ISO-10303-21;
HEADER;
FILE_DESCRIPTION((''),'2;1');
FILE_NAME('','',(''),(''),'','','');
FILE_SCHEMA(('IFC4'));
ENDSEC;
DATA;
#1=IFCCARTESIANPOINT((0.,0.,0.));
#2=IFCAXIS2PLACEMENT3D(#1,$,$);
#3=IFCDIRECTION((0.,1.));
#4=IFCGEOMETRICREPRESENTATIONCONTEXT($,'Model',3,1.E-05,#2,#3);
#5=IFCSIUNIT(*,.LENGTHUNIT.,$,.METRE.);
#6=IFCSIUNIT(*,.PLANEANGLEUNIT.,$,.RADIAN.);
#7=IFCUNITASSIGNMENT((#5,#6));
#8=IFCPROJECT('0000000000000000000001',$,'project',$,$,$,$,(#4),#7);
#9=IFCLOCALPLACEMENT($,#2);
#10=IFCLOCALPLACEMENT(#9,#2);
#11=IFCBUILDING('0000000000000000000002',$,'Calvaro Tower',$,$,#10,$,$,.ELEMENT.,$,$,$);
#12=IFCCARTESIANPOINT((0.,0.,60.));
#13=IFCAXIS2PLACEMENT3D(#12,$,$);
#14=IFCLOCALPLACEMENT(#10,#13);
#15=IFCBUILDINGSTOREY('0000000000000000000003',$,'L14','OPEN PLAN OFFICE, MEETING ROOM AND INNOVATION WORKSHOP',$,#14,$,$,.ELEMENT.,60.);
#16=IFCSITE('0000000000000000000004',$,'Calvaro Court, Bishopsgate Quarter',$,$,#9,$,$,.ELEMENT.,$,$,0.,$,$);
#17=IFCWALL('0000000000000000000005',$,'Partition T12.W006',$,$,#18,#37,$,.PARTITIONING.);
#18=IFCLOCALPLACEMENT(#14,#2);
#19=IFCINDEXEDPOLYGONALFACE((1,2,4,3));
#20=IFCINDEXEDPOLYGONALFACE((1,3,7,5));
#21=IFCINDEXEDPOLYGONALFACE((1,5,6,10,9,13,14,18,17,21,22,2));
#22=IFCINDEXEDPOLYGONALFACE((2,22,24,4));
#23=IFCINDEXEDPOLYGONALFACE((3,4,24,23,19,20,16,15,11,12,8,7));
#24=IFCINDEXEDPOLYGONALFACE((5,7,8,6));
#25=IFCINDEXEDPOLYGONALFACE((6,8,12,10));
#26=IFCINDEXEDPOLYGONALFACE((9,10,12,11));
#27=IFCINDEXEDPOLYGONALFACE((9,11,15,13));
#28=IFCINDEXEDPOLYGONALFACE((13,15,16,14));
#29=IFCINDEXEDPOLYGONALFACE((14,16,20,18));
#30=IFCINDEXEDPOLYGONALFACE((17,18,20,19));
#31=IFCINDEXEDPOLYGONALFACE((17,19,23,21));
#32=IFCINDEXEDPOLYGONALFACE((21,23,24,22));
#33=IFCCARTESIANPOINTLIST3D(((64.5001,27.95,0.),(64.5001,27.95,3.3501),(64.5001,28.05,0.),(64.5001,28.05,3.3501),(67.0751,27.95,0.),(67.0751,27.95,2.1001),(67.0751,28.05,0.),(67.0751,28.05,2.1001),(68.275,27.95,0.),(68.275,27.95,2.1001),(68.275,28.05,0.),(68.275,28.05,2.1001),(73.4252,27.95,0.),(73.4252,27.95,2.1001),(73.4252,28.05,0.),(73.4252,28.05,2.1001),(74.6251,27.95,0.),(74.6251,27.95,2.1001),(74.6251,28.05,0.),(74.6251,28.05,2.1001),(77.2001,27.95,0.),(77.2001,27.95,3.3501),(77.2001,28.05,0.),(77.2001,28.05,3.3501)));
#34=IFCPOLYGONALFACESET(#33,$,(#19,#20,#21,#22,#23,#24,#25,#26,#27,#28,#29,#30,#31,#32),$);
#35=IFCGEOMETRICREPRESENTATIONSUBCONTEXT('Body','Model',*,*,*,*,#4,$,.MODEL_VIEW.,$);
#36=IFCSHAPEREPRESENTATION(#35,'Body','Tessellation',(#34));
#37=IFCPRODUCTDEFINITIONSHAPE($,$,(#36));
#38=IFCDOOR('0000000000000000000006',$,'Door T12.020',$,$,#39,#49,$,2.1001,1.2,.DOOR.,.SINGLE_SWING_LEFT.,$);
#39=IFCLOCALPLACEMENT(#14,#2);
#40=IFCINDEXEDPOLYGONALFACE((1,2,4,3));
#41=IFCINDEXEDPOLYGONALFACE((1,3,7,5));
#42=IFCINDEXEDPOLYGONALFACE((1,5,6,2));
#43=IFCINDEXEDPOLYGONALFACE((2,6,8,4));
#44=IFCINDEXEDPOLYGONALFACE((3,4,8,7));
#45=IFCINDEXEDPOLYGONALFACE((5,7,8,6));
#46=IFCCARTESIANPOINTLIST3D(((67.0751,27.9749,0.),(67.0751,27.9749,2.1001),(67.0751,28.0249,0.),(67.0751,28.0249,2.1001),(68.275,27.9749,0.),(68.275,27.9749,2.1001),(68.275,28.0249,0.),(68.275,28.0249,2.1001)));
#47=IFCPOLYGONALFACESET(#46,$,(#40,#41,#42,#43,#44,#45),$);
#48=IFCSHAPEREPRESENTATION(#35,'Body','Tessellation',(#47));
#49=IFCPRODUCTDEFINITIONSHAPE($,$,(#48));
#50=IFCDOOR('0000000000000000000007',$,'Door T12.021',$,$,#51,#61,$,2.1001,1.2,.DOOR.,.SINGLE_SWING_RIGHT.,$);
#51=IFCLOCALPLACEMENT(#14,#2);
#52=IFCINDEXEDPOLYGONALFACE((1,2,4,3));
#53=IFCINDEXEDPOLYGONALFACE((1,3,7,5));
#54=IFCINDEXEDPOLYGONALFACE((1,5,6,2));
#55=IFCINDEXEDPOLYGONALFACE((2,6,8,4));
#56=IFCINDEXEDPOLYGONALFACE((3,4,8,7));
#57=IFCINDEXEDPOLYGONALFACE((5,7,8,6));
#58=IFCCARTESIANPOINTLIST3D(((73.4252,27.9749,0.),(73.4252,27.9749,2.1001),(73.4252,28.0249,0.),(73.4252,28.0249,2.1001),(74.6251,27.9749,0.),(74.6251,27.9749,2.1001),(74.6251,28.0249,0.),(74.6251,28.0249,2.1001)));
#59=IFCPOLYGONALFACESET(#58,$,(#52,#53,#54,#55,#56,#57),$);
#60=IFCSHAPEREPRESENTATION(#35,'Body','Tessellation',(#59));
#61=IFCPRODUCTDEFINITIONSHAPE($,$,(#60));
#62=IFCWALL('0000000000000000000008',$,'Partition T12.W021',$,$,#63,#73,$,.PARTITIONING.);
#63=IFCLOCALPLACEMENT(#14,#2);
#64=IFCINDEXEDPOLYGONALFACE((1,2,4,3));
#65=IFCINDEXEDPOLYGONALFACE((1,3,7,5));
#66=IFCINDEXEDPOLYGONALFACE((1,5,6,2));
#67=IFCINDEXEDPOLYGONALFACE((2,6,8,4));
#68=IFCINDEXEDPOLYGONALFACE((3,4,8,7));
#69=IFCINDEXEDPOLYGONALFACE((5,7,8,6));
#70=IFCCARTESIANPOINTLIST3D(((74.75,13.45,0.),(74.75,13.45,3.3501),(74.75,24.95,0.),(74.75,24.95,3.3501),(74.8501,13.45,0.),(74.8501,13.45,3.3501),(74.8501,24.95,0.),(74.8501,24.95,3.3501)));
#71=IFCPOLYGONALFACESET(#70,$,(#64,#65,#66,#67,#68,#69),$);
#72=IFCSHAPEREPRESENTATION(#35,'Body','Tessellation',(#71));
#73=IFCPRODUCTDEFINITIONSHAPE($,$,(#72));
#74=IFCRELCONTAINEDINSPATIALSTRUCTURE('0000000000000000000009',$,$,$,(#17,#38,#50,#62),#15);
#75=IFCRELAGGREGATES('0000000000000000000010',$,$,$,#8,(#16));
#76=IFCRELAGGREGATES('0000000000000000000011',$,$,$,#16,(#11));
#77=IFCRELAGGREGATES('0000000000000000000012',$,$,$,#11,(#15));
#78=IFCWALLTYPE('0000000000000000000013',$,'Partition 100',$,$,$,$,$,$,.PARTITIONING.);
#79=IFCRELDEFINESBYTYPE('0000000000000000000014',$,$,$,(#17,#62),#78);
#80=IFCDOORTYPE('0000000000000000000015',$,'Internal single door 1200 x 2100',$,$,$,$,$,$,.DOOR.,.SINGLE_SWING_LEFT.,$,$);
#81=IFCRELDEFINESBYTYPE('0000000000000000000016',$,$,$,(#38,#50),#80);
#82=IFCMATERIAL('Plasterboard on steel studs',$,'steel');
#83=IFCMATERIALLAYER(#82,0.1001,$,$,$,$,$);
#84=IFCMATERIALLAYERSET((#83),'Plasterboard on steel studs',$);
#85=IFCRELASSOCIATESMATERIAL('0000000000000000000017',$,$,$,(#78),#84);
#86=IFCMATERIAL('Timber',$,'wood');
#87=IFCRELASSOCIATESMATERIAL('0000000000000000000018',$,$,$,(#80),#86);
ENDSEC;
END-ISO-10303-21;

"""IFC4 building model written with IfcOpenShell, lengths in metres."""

from ifc_helpers import new_model, si_unit, direction, frame, frame_2d, origin, place, context, subcontext, project, spatial, rectangle, extrude, material, layer, layer_set, type_object, element, fill, save


model = new_model("IFC4")

# Units and contexts
model_context = context("Model", 3, precision=1e-05, world=origin(), true_north=direction((0.0, 1.0)))
body_context = subcontext(model_context, "Body", "Model", "MODEL_VIEW")
ifc_project = project(units=[si_unit("LENGTHUNIT", "METRE"), si_unit("PLANEANGLEUNIT", "RADIAN")], contexts=[model_context])

# Site, building, storey
site_placement = place(None, origin())
site = spatial("IfcSite", under=ifc_project, at=site_placement, Name="Calvaro Court, Bishopsgate Quarter", CompositionType="ELEMENT", RefElevation=0.0)
building_placement = place(site_placement, origin())
building = spatial("IfcBuilding", under=site, at=building_placement, Name="Calvaro Tower", CompositionType="ELEMENT")
storey_placement = place(building_placement, frame((0.0, 0.0, 60.0)))
storey = spatial("IfcBuildingStorey", under=building, at=storey_placement, Name="L14", Description="OPEN PLAN OFFICE, MEETING ROOM AND INNOVATION WORKSHOP", CompositionType="ELEMENT", Elevation=60.0)

# Wall, openings, doors
ifc_material_1 = material(Name="Plasterboard on steel studs", Category="steel")
ifc_layer_1 = layer(ifc_material_1, 0.1001)
ifc_layer_set_1 = layer_set([ifc_layer_1], Name="Plasterboard on steel studs")
wall_type_1 = type_object("IfcWallType", Name="Partition 100", PredefinedType="PARTITIONING", material=ifc_layer_set_1)
wall_1_placement = place(storey_placement, frame((64.5, 28.0, 0.0), z_axis=(0.0, 0.0, 1.0), x_axis=(1.0, 0.0, 0.0)))
wall_1 = element("IfcWall", 1, at=wall_1_placement, inside=storey, type_object=wall_type_1, Name="Partition T12.W006", PredefinedType="PARTITIONING", context=body_context, shape_type="SweptSolid", body=[
    extrude(rectangle(XDim=12.7, YDim=0.1001, at=frame_2d((6.3501, 0.0))), origin(), (0.0, 0.0, 1.0), 3.3501),
])
opening_1_placement = place(wall_1_placement, frame((2.575, 0.0, 0.0)))
opening_1 = element("IfcOpeningElement", 2, at=opening_1_placement, cuts=wall_1, PredefinedType="OPENING", context=body_context, shape_type="SweptSolid", body=[
    extrude(rectangle(XDim=1.2, YDim=2.1001, at=frame_2d((0.6001, 1.05))), frame((0.0, 0.0601, 0.0), z_axis=(0.0, -1.0, 0.0), x_axis=(1.0, 0.0, 0.0)), (0.0, 0.0, 1.0), 0.1201),
])
opening_2_placement = place(wall_1_placement, frame((8.925, 0.0, 0.0)))
opening_2 = element("IfcOpeningElement", 3, at=opening_2_placement, cuts=wall_1, PredefinedType="OPENING", context=body_context, shape_type="SweptSolid", body=[
    extrude(rectangle(XDim=1.2, YDim=2.1001, at=frame_2d((0.6001, 1.05))), frame((0.0, 0.0601, 0.0), z_axis=(0.0, -1.0, 0.0), x_axis=(1.0, 0.0, 0.0)), (0.0, 0.0, 1.0), 0.1201),
])
ifc_material_2 = material(Name="Timber", Category="wood")
door_type_1 = type_object("IfcDoorType", Name="Internal single door 1200 x 2100", OperationType="SINGLE_SWING_LEFT", PredefinedType="DOOR", material=ifc_material_2)
door_1_placement = place(opening_1_placement, origin())
door_1 = element("IfcDoor", 4, at=door_1_placement, inside=storey, type_object=door_type_1, Name="Door T12.020", OperationType="SINGLE_SWING_LEFT", OverallHeight=2.1001, OverallWidth=1.2, PredefinedType="DOOR", context=body_context, shape_type="SweptSolid", body=[
    extrude(rectangle(XDim=1.2, YDim=2.1001, at=frame_2d((0.6001, 1.05))), frame((0.0, 0.0249, 0.0), z_axis=(0.0, -1.0, 0.0), x_axis=(1.0, 0.0, 0.0)), (0.0, 0.0, 1.0), 0.05),
])
fill(opening_1, door_1)
door_2_placement = place(opening_2_placement, origin())
door_2 = element("IfcDoor", 5, at=door_2_placement, inside=storey, type_object=door_type_1, Name="Door T12.021", OperationType="SINGLE_SWING_RIGHT", OverallHeight=2.1001, OverallWidth=1.2, PredefinedType="DOOR", context=body_context, shape_type="SweptSolid", body=[
    extrude(rectangle(XDim=1.2, YDim=2.1001, at=frame_2d((0.6001, 1.05))), frame((0.0, 0.0249, 0.0), z_axis=(0.0, -1.0, 0.0), x_axis=(1.0, 0.0, 0.0)), (0.0, 0.0, 1.0), 0.05),
])
fill(opening_2, door_2)

# Wall
wall_2_placement = place(storey_placement, frame((74.8, 13.45, 0.0), z_axis=(0.0, 0.0, 1.0), x_axis=(0.0, 1.0, 0.0)))
element("IfcWall", 6, at=wall_2_placement, inside=storey, type_object=wall_type_1, Name="Partition T12.W021", PredefinedType="PARTITIONING", context=body_context, shape_type="SweptSolid", body=[
    extrude(rectangle(XDim=11.5, YDim=0.1001, at=frame_2d((5.75, 0.0))), origin(), (0.0, 0.0, 1.0), 3.3501),
])

save(model, "model.ifc")
